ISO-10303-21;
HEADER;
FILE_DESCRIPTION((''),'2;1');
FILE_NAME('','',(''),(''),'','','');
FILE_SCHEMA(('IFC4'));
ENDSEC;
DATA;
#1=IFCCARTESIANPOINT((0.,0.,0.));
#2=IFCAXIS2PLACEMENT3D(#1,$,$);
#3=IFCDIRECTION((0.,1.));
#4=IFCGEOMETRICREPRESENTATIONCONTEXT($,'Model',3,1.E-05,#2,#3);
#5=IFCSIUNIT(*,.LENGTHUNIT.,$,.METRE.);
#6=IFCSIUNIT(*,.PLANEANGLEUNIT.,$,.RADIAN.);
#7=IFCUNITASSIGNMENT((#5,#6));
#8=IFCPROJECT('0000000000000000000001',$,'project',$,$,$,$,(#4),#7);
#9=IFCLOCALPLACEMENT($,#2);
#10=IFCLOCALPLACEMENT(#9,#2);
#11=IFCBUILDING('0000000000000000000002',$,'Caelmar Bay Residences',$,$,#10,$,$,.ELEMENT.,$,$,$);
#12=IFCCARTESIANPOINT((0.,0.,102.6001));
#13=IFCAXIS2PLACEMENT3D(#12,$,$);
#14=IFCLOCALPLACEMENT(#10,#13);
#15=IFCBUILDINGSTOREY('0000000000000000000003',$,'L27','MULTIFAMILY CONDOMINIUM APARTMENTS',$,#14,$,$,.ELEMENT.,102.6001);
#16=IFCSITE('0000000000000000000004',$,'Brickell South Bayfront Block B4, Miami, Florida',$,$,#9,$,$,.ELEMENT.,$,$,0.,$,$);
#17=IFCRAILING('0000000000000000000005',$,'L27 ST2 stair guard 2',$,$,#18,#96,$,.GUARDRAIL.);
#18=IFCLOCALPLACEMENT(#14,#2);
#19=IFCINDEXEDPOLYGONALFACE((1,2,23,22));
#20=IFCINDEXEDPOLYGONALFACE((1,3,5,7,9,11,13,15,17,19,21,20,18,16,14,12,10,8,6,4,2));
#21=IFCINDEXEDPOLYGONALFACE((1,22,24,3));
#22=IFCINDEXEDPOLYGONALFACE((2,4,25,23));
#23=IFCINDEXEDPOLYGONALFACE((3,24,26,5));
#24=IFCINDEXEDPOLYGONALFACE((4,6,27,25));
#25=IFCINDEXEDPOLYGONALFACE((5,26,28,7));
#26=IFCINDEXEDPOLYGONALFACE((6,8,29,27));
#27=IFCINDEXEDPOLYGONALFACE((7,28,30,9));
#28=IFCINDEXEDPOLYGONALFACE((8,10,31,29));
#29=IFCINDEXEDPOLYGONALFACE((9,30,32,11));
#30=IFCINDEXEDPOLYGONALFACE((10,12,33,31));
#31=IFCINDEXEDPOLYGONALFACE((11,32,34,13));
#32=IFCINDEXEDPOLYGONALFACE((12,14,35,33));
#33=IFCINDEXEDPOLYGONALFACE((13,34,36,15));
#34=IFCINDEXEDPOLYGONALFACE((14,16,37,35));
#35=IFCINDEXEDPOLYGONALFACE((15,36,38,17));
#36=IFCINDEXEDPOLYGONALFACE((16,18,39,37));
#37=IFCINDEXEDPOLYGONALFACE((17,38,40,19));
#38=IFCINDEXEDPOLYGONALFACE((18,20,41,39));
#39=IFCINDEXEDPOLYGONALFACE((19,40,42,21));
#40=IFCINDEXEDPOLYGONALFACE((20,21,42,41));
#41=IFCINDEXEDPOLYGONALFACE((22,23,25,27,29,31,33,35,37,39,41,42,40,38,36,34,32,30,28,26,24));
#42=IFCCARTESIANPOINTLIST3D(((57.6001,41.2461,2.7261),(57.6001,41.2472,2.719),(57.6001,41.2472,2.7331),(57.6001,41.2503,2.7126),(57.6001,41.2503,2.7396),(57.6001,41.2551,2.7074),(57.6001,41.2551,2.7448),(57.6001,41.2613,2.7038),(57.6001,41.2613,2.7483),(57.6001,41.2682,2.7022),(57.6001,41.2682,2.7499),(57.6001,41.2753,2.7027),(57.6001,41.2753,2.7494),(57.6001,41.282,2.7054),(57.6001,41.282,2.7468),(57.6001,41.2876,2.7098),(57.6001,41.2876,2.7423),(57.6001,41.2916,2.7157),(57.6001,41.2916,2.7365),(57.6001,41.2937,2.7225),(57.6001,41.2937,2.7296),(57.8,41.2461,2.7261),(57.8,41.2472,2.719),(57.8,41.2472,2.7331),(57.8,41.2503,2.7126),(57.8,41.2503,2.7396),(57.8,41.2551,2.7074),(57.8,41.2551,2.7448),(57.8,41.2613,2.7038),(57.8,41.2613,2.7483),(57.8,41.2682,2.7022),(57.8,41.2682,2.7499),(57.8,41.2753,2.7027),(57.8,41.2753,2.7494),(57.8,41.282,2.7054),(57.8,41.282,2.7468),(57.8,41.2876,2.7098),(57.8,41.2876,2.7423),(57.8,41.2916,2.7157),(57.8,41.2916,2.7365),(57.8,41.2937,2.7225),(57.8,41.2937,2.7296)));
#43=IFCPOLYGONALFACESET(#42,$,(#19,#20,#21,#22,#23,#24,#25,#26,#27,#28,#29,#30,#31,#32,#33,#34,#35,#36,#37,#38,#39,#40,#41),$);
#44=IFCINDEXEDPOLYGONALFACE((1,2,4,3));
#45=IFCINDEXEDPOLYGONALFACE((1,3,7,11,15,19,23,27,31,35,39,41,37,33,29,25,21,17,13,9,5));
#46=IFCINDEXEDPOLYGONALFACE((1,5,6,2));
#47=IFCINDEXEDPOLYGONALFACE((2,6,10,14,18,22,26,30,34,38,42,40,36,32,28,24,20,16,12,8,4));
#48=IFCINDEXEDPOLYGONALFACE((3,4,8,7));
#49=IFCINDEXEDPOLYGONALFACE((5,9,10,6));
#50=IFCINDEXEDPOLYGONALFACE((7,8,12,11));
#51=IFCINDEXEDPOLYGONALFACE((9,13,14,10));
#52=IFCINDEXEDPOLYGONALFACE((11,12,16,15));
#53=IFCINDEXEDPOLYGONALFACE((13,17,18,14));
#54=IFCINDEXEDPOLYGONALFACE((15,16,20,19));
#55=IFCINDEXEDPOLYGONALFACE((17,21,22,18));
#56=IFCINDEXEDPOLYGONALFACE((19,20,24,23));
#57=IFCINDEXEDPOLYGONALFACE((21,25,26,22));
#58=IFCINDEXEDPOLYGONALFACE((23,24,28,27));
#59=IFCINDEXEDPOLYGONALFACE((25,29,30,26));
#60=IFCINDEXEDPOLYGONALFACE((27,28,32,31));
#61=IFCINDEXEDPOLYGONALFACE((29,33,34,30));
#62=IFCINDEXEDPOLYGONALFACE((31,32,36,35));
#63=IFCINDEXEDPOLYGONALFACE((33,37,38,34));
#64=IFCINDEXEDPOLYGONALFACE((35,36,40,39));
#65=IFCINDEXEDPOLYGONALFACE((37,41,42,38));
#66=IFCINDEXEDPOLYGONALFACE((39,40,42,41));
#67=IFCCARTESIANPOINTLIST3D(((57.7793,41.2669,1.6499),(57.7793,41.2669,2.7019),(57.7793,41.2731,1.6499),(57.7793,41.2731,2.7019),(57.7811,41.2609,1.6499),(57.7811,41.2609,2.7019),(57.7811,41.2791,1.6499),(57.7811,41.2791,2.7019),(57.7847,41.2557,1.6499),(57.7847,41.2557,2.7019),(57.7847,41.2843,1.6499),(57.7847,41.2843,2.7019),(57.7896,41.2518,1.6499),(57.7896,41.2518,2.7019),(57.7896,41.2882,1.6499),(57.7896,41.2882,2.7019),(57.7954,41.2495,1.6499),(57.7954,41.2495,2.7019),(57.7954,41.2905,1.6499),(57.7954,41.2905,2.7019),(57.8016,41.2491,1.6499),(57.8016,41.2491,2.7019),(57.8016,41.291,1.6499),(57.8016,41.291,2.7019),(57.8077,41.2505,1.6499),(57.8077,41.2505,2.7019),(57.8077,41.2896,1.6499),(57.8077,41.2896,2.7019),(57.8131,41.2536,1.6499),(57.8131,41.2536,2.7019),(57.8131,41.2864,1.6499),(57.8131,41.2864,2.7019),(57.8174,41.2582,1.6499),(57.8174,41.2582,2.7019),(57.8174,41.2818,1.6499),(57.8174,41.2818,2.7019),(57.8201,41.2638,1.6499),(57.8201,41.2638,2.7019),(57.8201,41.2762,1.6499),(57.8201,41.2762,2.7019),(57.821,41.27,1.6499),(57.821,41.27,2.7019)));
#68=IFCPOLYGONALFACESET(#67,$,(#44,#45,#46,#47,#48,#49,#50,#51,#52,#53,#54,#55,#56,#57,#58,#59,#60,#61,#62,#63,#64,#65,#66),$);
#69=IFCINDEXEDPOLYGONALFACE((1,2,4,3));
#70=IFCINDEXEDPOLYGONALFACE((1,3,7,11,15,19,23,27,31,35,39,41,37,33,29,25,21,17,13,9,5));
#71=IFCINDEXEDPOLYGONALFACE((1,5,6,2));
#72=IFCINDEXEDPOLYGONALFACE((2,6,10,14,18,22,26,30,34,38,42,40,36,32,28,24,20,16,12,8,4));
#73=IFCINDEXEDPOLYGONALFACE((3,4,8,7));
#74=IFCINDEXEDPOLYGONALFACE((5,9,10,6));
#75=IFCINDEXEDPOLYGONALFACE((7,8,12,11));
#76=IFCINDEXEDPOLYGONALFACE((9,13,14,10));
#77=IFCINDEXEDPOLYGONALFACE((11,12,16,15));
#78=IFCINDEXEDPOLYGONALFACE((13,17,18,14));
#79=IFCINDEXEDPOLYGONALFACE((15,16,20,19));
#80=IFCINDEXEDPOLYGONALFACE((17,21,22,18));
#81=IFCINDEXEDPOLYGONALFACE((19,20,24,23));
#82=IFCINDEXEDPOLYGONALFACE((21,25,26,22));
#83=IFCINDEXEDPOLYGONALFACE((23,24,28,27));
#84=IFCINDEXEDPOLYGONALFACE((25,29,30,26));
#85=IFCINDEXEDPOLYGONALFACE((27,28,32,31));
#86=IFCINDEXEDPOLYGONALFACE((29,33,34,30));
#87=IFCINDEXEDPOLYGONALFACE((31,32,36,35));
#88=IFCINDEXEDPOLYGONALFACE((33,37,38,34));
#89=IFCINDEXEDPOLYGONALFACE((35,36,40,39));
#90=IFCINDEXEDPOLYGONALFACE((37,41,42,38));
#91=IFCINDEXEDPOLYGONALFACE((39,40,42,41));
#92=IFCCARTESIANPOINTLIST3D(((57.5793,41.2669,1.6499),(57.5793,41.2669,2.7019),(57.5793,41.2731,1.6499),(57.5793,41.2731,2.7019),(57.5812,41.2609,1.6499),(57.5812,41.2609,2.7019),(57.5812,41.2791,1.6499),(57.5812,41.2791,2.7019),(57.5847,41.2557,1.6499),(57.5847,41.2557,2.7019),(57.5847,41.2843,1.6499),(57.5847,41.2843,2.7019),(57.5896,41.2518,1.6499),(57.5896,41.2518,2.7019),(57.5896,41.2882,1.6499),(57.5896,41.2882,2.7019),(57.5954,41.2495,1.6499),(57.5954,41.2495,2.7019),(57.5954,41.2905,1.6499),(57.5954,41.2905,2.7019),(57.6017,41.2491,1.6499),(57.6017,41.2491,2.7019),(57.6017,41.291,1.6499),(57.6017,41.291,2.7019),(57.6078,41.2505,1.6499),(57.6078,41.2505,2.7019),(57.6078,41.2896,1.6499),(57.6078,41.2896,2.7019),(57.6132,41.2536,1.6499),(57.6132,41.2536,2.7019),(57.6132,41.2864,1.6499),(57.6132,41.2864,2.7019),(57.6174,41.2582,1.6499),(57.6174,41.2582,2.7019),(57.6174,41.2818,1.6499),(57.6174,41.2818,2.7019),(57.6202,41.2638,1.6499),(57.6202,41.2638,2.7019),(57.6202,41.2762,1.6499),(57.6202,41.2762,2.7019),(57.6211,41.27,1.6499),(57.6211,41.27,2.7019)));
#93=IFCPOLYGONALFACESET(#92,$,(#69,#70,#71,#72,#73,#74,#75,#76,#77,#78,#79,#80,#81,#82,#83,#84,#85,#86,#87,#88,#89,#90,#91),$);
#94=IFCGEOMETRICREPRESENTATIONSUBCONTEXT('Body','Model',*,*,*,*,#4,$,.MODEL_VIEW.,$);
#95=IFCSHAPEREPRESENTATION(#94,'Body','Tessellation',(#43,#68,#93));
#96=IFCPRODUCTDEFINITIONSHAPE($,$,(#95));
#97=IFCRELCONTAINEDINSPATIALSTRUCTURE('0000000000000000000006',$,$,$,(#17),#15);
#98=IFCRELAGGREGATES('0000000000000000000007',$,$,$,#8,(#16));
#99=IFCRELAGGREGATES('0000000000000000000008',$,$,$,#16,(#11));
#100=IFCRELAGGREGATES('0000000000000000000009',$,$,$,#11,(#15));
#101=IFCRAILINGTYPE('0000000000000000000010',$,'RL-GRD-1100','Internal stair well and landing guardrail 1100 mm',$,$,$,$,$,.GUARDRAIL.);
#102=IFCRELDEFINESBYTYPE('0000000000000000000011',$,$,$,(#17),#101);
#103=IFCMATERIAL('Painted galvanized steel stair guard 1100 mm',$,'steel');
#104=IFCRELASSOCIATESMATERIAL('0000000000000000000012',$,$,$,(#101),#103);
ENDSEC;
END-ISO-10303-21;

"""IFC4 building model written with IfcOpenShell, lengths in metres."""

from ifc_helpers import new_model, si_unit, direction, frame, origin, origin_2d, place, context, subcontext, project, spatial, circle, extrude, material, type_object, element, save


model = new_model("IFC4")

# Units and contexts
model_context = context("Model", 3, precision=1e-05, world=origin(), true_north=direction((0.0, 1.0)))
body_context = subcontext(model_context, "Body", "Model", "MODEL_VIEW")
ifc_project = project(units=[si_unit("LENGTHUNIT", "METRE"), si_unit("PLANEANGLEUNIT", "RADIAN")], contexts=[model_context])

# Site, building, storey
site_placement = place(None, origin())
site = spatial("IfcSite", under=ifc_project, at=site_placement, Name="Brickell South Bayfront Block B4, Miami, Florida", CompositionType="ELEMENT", RefElevation=0.0)
building_placement = place(site_placement, origin())
building = spatial("IfcBuilding", under=site, at=building_placement, Name="Caelmar Bay Residences", CompositionType="ELEMENT")
storey_placement = place(building_placement, frame((0.0, 0.0, 102.6001)))
storey = spatial("IfcBuildingStorey", under=building, at=storey_placement, Name="L27", Description="MULTIFAMILY CONDOMINIUM APARTMENTS", CompositionType="ELEMENT", Elevation=102.6001)

# Railing
ifc_material_1 = material(Name="Painted galvanized steel stair guard 1100 mm", Category="steel")
railing_type_1 = type_object("IfcRailingType", Name="RL-GRD-1100", Description="Internal stair well and landing guardrail 1100 mm", PredefinedType="GUARDRAIL", material=ifc_material_1)
railing_1_placement = place(storey_placement, frame((57.8, 41.27, 1.6499)))
element("IfcRailing", 1, at=railing_1_placement, inside=storey, type_object=railing_type_1, Name="L27 ST2 stair guard 2", PredefinedType="GUARDRAIL", context=body_context, shape_type="SweptSolid", body=[
    extrude(circle(Radius=0.0239, at=origin_2d()), frame((0.0, 0.0, 1.0762), z_axis=(-1.0, 0.0, 0.0), x_axis=(0.0, -1.0, 0.0)), (0.0, 0.0, 1.0), 0.2),
    extrude(circle(Radius=0.021, at=origin_2d()), origin(), (0.0, 0.0, 1.0), 1.052),
    extrude(circle(Radius=0.021, at=origin_2d()), frame((-0.2, 0.0, 0.0)), (0.0, 0.0, 1.0), 1.052),
])

save(model, "model.ifc")
